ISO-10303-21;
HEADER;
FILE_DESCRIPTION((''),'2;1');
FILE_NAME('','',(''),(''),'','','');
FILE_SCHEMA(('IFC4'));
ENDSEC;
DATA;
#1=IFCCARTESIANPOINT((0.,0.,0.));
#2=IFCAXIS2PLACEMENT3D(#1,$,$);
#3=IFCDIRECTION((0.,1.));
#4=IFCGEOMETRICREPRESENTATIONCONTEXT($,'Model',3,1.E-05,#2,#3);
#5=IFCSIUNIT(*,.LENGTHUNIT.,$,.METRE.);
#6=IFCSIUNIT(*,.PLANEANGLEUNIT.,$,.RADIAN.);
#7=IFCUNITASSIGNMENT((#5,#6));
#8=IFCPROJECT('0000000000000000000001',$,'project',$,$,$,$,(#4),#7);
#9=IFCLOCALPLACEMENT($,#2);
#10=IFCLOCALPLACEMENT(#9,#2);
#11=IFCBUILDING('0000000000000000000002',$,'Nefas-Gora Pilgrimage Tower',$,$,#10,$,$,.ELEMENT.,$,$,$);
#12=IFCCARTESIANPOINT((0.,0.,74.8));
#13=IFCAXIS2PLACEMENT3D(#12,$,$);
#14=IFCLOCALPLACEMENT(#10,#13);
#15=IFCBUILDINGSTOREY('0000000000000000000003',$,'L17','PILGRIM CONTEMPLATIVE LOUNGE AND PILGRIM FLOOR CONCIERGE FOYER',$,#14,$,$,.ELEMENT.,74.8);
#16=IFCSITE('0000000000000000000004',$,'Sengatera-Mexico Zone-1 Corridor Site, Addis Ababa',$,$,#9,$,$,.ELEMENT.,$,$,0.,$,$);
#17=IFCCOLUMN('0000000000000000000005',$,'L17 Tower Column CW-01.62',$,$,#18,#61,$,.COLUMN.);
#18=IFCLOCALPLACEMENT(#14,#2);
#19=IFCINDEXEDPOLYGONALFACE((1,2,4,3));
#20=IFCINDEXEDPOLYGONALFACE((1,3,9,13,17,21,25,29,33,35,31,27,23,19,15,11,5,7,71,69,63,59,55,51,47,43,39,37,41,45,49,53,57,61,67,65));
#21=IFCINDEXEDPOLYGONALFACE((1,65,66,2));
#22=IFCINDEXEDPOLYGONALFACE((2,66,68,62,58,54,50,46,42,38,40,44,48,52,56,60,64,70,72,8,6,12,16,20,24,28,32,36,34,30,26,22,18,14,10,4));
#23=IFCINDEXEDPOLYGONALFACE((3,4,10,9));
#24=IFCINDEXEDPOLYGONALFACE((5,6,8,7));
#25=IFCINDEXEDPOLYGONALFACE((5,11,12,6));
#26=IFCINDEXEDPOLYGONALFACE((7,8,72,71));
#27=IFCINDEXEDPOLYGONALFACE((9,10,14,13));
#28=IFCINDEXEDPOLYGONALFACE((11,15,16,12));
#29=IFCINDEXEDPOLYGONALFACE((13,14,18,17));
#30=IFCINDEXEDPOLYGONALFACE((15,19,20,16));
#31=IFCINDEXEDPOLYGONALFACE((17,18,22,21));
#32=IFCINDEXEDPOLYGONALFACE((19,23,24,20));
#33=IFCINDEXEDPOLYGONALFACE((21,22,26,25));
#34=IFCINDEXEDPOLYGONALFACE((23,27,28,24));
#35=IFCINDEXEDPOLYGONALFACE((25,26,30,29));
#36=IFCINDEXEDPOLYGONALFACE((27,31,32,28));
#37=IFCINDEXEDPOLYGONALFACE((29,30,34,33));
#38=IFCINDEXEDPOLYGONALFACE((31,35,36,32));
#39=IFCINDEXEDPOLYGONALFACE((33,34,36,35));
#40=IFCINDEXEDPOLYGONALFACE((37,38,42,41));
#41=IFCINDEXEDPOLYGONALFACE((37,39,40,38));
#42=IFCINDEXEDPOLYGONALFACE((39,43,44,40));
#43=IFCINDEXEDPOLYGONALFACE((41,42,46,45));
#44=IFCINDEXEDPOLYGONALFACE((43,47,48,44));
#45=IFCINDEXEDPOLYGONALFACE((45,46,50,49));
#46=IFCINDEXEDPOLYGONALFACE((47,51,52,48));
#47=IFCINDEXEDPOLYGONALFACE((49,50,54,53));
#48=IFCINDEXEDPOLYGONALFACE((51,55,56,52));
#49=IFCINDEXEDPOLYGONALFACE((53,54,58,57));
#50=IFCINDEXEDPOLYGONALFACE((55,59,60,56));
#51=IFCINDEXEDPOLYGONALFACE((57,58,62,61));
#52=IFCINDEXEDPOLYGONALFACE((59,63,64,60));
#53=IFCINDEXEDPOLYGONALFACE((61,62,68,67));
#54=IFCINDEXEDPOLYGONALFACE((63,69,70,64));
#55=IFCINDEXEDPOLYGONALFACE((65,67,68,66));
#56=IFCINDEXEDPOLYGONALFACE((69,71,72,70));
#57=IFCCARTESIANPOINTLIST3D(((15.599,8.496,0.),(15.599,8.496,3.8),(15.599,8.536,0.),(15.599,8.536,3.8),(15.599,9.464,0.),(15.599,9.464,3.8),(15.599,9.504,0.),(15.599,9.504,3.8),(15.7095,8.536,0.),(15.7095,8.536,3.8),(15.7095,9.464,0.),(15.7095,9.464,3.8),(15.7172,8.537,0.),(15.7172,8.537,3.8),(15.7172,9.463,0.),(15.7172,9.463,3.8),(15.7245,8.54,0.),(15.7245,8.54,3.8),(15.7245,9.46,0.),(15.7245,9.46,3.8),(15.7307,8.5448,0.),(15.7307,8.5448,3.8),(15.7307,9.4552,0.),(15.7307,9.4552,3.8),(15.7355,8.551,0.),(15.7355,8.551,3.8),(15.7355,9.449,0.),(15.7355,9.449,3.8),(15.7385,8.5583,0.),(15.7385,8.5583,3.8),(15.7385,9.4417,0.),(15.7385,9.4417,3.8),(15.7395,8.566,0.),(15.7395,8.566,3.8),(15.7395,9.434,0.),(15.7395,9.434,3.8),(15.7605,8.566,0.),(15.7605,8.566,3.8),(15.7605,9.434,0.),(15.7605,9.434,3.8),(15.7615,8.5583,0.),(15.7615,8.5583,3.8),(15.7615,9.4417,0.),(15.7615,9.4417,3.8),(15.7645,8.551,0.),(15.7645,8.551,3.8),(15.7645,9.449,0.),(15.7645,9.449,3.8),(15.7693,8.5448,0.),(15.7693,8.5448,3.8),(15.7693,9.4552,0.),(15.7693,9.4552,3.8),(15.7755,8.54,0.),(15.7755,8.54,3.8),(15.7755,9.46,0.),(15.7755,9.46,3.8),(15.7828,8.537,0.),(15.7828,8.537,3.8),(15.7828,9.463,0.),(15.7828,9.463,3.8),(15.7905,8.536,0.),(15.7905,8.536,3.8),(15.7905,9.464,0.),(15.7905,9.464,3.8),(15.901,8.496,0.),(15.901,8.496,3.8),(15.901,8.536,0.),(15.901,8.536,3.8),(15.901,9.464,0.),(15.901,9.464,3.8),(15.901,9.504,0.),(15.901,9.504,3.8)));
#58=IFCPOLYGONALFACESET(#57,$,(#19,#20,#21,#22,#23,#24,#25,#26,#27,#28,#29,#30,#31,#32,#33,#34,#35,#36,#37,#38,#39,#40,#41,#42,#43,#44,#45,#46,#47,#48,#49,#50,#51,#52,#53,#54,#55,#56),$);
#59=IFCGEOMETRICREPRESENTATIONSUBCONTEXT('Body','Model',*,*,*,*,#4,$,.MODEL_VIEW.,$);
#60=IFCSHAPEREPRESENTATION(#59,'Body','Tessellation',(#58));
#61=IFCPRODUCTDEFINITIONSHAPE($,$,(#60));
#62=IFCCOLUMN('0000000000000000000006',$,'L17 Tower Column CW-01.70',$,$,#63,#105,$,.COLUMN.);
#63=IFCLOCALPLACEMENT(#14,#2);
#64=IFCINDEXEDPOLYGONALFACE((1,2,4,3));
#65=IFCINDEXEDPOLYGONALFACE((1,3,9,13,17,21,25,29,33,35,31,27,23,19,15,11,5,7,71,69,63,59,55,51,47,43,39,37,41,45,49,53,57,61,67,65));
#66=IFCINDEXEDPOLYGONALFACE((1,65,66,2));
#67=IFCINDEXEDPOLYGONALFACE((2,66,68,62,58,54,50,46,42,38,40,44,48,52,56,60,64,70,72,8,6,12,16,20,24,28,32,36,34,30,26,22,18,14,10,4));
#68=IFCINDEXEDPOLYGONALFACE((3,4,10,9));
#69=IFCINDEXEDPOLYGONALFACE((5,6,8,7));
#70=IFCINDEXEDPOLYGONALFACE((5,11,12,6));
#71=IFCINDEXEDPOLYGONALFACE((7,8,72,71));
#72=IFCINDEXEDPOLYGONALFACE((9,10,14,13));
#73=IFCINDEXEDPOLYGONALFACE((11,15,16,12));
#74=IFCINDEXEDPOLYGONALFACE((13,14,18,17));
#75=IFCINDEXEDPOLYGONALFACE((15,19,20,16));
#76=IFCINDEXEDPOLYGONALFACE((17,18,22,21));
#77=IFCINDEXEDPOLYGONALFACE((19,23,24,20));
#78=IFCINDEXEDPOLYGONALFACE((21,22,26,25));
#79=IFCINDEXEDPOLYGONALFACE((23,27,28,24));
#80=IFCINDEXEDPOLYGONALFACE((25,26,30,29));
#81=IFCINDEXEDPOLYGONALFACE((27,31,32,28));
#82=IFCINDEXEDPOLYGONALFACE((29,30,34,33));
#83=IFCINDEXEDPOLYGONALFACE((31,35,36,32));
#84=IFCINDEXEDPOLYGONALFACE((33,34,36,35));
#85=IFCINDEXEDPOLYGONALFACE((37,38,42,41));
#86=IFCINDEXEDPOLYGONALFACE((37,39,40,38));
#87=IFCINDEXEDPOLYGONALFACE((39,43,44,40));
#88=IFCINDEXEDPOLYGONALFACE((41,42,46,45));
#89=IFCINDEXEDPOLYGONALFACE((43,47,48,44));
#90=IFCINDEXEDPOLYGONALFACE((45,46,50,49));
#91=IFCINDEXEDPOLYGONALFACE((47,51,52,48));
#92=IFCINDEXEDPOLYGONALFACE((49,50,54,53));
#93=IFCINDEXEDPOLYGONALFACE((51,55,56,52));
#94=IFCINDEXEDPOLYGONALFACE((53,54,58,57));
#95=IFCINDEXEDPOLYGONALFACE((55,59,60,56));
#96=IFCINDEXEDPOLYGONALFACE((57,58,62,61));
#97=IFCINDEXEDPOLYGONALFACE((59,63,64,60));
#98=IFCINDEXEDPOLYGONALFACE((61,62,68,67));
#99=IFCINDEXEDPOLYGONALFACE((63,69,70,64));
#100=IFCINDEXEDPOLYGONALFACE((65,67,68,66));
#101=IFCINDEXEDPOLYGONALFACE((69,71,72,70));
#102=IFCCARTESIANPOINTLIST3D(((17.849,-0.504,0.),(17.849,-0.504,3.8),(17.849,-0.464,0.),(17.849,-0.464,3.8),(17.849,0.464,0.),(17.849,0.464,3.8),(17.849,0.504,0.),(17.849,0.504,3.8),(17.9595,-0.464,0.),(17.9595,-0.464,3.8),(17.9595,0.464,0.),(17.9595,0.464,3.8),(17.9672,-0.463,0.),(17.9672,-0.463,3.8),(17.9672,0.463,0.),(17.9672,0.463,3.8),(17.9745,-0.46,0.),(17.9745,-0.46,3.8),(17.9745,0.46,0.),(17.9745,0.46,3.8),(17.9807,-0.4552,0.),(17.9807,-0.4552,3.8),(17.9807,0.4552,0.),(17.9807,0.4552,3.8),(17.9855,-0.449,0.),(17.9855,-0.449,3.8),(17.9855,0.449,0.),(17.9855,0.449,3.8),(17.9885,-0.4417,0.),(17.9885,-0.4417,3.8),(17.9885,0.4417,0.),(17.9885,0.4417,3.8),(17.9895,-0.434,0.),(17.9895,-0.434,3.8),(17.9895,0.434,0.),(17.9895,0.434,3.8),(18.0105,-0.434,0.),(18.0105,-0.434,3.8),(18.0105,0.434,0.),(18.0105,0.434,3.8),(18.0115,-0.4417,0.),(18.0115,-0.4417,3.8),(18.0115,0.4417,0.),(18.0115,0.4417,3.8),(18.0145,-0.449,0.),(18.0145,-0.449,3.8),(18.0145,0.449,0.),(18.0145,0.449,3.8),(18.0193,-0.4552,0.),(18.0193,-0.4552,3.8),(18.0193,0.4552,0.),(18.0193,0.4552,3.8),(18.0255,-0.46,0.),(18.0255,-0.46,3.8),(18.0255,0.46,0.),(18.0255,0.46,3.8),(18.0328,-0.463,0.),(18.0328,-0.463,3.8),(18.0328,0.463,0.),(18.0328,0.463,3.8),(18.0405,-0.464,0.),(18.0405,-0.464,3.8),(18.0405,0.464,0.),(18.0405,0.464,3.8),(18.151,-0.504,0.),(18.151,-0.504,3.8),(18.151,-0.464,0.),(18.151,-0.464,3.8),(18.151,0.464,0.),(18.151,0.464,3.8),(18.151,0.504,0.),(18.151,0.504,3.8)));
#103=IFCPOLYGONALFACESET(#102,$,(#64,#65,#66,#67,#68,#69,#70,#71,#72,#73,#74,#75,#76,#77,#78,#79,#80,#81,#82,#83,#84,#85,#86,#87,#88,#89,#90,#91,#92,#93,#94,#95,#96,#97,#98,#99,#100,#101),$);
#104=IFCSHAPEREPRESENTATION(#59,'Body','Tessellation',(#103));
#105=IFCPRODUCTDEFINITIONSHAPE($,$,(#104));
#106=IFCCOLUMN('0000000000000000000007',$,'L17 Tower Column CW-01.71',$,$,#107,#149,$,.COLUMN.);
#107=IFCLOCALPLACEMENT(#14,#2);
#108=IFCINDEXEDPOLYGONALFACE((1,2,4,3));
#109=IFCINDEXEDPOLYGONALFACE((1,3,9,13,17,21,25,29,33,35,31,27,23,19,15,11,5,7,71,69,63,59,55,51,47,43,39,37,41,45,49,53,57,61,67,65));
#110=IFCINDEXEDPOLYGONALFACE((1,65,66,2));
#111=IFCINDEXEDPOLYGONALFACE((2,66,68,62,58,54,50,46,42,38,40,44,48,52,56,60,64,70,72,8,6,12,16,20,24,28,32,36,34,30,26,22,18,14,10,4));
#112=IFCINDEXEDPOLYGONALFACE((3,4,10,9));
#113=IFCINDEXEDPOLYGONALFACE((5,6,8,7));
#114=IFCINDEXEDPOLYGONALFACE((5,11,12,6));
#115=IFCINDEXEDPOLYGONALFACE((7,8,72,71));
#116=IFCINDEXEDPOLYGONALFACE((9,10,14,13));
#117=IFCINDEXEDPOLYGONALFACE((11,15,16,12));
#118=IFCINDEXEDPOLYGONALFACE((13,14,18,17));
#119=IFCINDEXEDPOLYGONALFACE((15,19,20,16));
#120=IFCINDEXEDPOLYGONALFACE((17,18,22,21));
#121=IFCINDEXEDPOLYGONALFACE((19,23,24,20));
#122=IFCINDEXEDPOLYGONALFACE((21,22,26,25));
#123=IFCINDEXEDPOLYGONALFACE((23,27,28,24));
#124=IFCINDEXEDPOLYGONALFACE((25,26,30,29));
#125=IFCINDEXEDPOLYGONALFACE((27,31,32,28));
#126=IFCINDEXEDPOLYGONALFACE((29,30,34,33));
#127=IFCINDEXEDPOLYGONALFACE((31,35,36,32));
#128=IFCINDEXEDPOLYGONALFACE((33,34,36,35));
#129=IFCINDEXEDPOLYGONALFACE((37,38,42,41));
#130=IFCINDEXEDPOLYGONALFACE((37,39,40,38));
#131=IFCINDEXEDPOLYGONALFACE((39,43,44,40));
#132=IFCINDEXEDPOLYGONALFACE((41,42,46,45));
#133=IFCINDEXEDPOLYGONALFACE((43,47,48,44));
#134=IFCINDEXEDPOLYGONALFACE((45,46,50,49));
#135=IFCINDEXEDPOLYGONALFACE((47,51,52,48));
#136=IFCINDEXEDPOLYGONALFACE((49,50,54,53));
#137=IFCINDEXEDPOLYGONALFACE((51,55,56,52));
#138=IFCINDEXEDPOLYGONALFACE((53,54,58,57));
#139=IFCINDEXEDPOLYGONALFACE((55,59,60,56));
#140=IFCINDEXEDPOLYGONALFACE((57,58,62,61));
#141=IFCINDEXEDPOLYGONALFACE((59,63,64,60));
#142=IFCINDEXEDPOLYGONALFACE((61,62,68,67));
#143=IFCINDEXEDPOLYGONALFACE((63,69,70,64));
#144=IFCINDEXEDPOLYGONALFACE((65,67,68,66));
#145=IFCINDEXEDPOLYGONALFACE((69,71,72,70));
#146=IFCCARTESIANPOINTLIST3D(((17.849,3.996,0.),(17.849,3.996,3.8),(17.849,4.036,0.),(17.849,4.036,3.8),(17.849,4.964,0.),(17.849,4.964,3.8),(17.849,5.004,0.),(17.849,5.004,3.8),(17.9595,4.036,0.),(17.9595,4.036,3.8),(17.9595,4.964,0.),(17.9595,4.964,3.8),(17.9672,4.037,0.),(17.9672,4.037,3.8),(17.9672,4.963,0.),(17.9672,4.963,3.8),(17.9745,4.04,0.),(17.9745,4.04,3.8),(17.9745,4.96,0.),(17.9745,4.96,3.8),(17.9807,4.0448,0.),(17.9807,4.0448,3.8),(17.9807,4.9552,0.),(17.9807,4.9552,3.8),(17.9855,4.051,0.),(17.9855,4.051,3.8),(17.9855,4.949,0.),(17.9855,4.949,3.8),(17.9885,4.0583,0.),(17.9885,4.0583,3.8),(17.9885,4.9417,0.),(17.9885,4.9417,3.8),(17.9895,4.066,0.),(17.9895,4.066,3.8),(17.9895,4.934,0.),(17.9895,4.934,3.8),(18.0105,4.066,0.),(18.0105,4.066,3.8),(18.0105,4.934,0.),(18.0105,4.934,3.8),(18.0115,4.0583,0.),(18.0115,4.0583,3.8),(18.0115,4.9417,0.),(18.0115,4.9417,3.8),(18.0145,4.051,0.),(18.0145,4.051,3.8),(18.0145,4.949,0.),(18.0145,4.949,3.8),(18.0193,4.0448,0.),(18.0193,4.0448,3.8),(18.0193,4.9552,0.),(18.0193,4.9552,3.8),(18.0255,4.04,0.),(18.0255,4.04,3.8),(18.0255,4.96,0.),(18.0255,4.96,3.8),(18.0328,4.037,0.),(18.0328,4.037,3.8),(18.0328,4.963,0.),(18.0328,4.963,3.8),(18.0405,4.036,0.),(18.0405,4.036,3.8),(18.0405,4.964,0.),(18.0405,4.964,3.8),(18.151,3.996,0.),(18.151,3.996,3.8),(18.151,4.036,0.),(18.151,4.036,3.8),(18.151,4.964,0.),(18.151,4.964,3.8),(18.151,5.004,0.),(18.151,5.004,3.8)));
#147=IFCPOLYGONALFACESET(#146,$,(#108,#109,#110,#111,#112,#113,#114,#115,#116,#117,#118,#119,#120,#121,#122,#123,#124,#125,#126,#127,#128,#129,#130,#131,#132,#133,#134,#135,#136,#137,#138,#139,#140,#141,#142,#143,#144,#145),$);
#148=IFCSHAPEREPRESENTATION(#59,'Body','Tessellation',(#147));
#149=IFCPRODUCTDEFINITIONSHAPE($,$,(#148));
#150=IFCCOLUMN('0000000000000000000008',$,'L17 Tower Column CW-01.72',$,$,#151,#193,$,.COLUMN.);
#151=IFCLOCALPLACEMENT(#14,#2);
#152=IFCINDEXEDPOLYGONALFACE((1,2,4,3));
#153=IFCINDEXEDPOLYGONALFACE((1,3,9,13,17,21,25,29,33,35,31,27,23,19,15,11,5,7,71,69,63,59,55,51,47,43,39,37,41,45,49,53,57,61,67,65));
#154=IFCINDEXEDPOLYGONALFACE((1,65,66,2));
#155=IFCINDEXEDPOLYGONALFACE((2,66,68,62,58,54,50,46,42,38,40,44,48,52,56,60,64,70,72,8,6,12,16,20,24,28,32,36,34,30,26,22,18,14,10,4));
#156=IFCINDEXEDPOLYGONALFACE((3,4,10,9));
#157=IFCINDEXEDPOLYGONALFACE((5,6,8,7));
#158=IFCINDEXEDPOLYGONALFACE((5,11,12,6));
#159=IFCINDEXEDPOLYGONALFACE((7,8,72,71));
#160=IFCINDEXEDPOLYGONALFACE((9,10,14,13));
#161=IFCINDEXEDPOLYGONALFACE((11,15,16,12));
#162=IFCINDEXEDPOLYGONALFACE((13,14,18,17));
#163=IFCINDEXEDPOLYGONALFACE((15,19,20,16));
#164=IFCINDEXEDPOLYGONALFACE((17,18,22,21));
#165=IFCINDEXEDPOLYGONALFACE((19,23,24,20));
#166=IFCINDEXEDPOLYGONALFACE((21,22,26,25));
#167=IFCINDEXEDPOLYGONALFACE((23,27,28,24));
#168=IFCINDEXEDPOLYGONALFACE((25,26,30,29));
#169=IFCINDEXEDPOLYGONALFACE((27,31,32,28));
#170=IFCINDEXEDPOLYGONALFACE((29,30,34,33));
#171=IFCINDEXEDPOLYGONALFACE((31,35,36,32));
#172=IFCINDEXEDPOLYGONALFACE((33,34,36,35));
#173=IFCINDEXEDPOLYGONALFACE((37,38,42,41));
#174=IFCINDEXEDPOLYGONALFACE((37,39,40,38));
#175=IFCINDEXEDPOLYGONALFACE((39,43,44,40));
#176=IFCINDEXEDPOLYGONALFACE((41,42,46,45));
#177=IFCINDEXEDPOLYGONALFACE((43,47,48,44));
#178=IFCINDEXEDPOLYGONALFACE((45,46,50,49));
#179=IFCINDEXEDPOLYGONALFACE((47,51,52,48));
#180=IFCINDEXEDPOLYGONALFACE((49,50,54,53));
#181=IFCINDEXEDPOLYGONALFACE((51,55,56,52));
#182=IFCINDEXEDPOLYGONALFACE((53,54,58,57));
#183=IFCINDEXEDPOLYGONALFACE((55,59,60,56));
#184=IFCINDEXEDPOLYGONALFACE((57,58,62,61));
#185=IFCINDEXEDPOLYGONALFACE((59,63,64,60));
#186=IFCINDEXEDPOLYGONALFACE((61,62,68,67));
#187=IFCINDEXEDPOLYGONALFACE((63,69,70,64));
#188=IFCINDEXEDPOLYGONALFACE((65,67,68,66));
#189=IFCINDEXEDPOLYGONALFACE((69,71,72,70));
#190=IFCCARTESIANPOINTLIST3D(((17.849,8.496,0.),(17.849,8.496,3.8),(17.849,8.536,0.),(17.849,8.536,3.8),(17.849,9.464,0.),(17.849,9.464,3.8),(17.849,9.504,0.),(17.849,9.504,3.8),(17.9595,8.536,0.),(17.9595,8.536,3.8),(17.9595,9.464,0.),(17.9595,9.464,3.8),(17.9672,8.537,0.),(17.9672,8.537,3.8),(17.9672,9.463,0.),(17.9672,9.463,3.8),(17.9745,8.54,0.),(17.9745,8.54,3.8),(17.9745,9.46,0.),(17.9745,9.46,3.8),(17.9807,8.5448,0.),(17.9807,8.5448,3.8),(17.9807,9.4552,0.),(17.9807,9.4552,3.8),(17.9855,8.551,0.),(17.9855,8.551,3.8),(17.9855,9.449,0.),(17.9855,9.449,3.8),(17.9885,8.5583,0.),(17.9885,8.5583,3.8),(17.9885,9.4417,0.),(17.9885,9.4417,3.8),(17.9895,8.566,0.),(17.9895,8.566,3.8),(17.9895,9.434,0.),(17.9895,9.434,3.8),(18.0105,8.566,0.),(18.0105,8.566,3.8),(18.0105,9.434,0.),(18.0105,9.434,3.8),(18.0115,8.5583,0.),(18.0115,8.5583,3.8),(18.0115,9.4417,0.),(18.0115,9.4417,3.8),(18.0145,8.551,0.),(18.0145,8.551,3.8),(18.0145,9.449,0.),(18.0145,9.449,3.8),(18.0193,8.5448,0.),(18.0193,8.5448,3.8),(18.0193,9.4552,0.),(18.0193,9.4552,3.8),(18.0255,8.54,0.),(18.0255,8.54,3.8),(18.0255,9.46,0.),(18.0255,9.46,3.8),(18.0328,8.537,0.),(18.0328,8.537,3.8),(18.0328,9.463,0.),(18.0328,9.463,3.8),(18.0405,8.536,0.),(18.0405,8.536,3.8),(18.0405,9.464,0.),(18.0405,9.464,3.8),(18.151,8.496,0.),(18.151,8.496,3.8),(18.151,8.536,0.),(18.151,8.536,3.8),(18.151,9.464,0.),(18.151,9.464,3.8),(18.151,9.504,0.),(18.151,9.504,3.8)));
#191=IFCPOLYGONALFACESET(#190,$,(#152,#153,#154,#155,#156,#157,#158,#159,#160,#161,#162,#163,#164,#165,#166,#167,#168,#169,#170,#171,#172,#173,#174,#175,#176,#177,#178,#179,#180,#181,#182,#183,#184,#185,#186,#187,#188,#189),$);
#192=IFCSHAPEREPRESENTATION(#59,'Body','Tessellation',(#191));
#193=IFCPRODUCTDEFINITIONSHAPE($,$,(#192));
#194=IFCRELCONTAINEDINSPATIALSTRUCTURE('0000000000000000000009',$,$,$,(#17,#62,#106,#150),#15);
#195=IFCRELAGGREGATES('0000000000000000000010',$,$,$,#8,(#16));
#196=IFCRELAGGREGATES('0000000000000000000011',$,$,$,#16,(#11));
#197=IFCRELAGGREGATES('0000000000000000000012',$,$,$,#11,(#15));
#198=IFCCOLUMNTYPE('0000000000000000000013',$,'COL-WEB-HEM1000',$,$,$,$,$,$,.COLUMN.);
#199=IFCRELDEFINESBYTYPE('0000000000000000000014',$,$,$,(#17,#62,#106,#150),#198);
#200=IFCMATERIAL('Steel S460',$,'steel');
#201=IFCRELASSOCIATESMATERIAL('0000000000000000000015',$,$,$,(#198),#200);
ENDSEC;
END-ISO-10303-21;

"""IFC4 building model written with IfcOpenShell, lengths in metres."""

from ifc_helpers import new_model, si_unit, direction, frame, origin, origin_2d, place, context, subcontext, project, spatial, i_section, extrude, source, transform, mapped, material, material_profile, profile_set, type_object, element, save


model = new_model("IFC4")

# Units and contexts
model_context = context("Model", 3, precision=1e-05, world=origin(), true_north=direction((0.0, 1.0)))
body_context = subcontext(model_context, "Body", "Model", "MODEL_VIEW")
ifc_project = project(units=[si_unit("LENGTHUNIT", "METRE"), si_unit("PLANEANGLEUNIT", "RADIAN")], contexts=[model_context])

# Site, building, storey
site_placement = place(None, origin())
site = spatial("IfcSite", under=ifc_project, at=site_placement, Name="Sengatera-Mexico Zone-1 Corridor Site, Addis Ababa", CompositionType="ELEMENT", RefElevation=0.0)
building_placement = place(site_placement, origin())
building = spatial("IfcBuilding", under=site, at=building_placement, Name="Nefas-Gora Pilgrimage Tower", CompositionType="ELEMENT")
storey_placement = place(building_placement, frame((0.0, 0.0, 74.8)))
storey = spatial("IfcBuildingStorey", under=building, at=storey_placement, Name="L17", Description="PILGRIM CONTEMPLATIVE LOUNGE AND PILGRIM FLOOR CONCIERGE FOYER", CompositionType="ELEMENT", Elevation=74.8)

# Columns
ifc_material_1 = material(Name="Steel S460", Category="steel")
ifc_material_profile_1 = material_profile(ifc_material_1, i_section(OverallWidth=0.302, OverallDepth=1.0081, WebThickness=0.021, FlangeThickness=0.04, FilletRadius=0.03, at=origin_2d()), Name="HEM 1000")
ifc_profile_set_1 = profile_set([ifc_material_profile_1], Name="Steel S460")
column_type_1 = type_object("IfcColumnType", Name="COL-WEB-HEM1000", PredefinedType="COLUMN", material=ifc_profile_set_1)
shared_shape_1 = source(origin(), body_context, "Body", "SweptSolid", [
    extrude(i_section(OverallWidth=0.302, OverallDepth=1.0081, WebThickness=0.021, FlangeThickness=0.04, FilletRadius=0.03, at=origin_2d()), origin(), (0.0, 0.0, 1.0), 3.8),
])
for number, where, z_axis, x_axis, name in (
    (1, (15.75, 9.0, 0.0), (0.0, 0.0, 1.0), (1.0, 0.0, 0.0), "L17 Tower Column CW-01.62"),
    (2, (18.0, 0.0, 0.0), (0.0, 0.0, 1.0), (1.0, 0.0, 0.0), "L17 Tower Column CW-01.70"),
    (3, (18.0, 4.5, 0.0), (0.0, 0.0, 1.0), (1.0, 0.0, 0.0), "L17 Tower Column CW-01.71"),
    (4, (18.0, 9.0, 0.0), (0.0, 0.0, 1.0), (1.0, 0.0, 0.0), "L17 Tower Column CW-01.72"),
):
    element("IfcColumn", number, at=place(storey_placement, frame(where, z_axis=z_axis, x_axis=x_axis)), inside=storey, type_object=column_type_1, Name=name, PredefinedType="COLUMN", context=body_context, shape_type="MappedRepresentation", body=[
        mapped(shared_shape_1, transform((0.0, 0.0, 0.0), x_axis=(1.0, 0.0, 0.0), y_axis=(0.0, 1.0, 0.0), z_axis=(0.0, 0.0, 1.0), scale=1.0)),
    ])

save(model, "model.ifc")
